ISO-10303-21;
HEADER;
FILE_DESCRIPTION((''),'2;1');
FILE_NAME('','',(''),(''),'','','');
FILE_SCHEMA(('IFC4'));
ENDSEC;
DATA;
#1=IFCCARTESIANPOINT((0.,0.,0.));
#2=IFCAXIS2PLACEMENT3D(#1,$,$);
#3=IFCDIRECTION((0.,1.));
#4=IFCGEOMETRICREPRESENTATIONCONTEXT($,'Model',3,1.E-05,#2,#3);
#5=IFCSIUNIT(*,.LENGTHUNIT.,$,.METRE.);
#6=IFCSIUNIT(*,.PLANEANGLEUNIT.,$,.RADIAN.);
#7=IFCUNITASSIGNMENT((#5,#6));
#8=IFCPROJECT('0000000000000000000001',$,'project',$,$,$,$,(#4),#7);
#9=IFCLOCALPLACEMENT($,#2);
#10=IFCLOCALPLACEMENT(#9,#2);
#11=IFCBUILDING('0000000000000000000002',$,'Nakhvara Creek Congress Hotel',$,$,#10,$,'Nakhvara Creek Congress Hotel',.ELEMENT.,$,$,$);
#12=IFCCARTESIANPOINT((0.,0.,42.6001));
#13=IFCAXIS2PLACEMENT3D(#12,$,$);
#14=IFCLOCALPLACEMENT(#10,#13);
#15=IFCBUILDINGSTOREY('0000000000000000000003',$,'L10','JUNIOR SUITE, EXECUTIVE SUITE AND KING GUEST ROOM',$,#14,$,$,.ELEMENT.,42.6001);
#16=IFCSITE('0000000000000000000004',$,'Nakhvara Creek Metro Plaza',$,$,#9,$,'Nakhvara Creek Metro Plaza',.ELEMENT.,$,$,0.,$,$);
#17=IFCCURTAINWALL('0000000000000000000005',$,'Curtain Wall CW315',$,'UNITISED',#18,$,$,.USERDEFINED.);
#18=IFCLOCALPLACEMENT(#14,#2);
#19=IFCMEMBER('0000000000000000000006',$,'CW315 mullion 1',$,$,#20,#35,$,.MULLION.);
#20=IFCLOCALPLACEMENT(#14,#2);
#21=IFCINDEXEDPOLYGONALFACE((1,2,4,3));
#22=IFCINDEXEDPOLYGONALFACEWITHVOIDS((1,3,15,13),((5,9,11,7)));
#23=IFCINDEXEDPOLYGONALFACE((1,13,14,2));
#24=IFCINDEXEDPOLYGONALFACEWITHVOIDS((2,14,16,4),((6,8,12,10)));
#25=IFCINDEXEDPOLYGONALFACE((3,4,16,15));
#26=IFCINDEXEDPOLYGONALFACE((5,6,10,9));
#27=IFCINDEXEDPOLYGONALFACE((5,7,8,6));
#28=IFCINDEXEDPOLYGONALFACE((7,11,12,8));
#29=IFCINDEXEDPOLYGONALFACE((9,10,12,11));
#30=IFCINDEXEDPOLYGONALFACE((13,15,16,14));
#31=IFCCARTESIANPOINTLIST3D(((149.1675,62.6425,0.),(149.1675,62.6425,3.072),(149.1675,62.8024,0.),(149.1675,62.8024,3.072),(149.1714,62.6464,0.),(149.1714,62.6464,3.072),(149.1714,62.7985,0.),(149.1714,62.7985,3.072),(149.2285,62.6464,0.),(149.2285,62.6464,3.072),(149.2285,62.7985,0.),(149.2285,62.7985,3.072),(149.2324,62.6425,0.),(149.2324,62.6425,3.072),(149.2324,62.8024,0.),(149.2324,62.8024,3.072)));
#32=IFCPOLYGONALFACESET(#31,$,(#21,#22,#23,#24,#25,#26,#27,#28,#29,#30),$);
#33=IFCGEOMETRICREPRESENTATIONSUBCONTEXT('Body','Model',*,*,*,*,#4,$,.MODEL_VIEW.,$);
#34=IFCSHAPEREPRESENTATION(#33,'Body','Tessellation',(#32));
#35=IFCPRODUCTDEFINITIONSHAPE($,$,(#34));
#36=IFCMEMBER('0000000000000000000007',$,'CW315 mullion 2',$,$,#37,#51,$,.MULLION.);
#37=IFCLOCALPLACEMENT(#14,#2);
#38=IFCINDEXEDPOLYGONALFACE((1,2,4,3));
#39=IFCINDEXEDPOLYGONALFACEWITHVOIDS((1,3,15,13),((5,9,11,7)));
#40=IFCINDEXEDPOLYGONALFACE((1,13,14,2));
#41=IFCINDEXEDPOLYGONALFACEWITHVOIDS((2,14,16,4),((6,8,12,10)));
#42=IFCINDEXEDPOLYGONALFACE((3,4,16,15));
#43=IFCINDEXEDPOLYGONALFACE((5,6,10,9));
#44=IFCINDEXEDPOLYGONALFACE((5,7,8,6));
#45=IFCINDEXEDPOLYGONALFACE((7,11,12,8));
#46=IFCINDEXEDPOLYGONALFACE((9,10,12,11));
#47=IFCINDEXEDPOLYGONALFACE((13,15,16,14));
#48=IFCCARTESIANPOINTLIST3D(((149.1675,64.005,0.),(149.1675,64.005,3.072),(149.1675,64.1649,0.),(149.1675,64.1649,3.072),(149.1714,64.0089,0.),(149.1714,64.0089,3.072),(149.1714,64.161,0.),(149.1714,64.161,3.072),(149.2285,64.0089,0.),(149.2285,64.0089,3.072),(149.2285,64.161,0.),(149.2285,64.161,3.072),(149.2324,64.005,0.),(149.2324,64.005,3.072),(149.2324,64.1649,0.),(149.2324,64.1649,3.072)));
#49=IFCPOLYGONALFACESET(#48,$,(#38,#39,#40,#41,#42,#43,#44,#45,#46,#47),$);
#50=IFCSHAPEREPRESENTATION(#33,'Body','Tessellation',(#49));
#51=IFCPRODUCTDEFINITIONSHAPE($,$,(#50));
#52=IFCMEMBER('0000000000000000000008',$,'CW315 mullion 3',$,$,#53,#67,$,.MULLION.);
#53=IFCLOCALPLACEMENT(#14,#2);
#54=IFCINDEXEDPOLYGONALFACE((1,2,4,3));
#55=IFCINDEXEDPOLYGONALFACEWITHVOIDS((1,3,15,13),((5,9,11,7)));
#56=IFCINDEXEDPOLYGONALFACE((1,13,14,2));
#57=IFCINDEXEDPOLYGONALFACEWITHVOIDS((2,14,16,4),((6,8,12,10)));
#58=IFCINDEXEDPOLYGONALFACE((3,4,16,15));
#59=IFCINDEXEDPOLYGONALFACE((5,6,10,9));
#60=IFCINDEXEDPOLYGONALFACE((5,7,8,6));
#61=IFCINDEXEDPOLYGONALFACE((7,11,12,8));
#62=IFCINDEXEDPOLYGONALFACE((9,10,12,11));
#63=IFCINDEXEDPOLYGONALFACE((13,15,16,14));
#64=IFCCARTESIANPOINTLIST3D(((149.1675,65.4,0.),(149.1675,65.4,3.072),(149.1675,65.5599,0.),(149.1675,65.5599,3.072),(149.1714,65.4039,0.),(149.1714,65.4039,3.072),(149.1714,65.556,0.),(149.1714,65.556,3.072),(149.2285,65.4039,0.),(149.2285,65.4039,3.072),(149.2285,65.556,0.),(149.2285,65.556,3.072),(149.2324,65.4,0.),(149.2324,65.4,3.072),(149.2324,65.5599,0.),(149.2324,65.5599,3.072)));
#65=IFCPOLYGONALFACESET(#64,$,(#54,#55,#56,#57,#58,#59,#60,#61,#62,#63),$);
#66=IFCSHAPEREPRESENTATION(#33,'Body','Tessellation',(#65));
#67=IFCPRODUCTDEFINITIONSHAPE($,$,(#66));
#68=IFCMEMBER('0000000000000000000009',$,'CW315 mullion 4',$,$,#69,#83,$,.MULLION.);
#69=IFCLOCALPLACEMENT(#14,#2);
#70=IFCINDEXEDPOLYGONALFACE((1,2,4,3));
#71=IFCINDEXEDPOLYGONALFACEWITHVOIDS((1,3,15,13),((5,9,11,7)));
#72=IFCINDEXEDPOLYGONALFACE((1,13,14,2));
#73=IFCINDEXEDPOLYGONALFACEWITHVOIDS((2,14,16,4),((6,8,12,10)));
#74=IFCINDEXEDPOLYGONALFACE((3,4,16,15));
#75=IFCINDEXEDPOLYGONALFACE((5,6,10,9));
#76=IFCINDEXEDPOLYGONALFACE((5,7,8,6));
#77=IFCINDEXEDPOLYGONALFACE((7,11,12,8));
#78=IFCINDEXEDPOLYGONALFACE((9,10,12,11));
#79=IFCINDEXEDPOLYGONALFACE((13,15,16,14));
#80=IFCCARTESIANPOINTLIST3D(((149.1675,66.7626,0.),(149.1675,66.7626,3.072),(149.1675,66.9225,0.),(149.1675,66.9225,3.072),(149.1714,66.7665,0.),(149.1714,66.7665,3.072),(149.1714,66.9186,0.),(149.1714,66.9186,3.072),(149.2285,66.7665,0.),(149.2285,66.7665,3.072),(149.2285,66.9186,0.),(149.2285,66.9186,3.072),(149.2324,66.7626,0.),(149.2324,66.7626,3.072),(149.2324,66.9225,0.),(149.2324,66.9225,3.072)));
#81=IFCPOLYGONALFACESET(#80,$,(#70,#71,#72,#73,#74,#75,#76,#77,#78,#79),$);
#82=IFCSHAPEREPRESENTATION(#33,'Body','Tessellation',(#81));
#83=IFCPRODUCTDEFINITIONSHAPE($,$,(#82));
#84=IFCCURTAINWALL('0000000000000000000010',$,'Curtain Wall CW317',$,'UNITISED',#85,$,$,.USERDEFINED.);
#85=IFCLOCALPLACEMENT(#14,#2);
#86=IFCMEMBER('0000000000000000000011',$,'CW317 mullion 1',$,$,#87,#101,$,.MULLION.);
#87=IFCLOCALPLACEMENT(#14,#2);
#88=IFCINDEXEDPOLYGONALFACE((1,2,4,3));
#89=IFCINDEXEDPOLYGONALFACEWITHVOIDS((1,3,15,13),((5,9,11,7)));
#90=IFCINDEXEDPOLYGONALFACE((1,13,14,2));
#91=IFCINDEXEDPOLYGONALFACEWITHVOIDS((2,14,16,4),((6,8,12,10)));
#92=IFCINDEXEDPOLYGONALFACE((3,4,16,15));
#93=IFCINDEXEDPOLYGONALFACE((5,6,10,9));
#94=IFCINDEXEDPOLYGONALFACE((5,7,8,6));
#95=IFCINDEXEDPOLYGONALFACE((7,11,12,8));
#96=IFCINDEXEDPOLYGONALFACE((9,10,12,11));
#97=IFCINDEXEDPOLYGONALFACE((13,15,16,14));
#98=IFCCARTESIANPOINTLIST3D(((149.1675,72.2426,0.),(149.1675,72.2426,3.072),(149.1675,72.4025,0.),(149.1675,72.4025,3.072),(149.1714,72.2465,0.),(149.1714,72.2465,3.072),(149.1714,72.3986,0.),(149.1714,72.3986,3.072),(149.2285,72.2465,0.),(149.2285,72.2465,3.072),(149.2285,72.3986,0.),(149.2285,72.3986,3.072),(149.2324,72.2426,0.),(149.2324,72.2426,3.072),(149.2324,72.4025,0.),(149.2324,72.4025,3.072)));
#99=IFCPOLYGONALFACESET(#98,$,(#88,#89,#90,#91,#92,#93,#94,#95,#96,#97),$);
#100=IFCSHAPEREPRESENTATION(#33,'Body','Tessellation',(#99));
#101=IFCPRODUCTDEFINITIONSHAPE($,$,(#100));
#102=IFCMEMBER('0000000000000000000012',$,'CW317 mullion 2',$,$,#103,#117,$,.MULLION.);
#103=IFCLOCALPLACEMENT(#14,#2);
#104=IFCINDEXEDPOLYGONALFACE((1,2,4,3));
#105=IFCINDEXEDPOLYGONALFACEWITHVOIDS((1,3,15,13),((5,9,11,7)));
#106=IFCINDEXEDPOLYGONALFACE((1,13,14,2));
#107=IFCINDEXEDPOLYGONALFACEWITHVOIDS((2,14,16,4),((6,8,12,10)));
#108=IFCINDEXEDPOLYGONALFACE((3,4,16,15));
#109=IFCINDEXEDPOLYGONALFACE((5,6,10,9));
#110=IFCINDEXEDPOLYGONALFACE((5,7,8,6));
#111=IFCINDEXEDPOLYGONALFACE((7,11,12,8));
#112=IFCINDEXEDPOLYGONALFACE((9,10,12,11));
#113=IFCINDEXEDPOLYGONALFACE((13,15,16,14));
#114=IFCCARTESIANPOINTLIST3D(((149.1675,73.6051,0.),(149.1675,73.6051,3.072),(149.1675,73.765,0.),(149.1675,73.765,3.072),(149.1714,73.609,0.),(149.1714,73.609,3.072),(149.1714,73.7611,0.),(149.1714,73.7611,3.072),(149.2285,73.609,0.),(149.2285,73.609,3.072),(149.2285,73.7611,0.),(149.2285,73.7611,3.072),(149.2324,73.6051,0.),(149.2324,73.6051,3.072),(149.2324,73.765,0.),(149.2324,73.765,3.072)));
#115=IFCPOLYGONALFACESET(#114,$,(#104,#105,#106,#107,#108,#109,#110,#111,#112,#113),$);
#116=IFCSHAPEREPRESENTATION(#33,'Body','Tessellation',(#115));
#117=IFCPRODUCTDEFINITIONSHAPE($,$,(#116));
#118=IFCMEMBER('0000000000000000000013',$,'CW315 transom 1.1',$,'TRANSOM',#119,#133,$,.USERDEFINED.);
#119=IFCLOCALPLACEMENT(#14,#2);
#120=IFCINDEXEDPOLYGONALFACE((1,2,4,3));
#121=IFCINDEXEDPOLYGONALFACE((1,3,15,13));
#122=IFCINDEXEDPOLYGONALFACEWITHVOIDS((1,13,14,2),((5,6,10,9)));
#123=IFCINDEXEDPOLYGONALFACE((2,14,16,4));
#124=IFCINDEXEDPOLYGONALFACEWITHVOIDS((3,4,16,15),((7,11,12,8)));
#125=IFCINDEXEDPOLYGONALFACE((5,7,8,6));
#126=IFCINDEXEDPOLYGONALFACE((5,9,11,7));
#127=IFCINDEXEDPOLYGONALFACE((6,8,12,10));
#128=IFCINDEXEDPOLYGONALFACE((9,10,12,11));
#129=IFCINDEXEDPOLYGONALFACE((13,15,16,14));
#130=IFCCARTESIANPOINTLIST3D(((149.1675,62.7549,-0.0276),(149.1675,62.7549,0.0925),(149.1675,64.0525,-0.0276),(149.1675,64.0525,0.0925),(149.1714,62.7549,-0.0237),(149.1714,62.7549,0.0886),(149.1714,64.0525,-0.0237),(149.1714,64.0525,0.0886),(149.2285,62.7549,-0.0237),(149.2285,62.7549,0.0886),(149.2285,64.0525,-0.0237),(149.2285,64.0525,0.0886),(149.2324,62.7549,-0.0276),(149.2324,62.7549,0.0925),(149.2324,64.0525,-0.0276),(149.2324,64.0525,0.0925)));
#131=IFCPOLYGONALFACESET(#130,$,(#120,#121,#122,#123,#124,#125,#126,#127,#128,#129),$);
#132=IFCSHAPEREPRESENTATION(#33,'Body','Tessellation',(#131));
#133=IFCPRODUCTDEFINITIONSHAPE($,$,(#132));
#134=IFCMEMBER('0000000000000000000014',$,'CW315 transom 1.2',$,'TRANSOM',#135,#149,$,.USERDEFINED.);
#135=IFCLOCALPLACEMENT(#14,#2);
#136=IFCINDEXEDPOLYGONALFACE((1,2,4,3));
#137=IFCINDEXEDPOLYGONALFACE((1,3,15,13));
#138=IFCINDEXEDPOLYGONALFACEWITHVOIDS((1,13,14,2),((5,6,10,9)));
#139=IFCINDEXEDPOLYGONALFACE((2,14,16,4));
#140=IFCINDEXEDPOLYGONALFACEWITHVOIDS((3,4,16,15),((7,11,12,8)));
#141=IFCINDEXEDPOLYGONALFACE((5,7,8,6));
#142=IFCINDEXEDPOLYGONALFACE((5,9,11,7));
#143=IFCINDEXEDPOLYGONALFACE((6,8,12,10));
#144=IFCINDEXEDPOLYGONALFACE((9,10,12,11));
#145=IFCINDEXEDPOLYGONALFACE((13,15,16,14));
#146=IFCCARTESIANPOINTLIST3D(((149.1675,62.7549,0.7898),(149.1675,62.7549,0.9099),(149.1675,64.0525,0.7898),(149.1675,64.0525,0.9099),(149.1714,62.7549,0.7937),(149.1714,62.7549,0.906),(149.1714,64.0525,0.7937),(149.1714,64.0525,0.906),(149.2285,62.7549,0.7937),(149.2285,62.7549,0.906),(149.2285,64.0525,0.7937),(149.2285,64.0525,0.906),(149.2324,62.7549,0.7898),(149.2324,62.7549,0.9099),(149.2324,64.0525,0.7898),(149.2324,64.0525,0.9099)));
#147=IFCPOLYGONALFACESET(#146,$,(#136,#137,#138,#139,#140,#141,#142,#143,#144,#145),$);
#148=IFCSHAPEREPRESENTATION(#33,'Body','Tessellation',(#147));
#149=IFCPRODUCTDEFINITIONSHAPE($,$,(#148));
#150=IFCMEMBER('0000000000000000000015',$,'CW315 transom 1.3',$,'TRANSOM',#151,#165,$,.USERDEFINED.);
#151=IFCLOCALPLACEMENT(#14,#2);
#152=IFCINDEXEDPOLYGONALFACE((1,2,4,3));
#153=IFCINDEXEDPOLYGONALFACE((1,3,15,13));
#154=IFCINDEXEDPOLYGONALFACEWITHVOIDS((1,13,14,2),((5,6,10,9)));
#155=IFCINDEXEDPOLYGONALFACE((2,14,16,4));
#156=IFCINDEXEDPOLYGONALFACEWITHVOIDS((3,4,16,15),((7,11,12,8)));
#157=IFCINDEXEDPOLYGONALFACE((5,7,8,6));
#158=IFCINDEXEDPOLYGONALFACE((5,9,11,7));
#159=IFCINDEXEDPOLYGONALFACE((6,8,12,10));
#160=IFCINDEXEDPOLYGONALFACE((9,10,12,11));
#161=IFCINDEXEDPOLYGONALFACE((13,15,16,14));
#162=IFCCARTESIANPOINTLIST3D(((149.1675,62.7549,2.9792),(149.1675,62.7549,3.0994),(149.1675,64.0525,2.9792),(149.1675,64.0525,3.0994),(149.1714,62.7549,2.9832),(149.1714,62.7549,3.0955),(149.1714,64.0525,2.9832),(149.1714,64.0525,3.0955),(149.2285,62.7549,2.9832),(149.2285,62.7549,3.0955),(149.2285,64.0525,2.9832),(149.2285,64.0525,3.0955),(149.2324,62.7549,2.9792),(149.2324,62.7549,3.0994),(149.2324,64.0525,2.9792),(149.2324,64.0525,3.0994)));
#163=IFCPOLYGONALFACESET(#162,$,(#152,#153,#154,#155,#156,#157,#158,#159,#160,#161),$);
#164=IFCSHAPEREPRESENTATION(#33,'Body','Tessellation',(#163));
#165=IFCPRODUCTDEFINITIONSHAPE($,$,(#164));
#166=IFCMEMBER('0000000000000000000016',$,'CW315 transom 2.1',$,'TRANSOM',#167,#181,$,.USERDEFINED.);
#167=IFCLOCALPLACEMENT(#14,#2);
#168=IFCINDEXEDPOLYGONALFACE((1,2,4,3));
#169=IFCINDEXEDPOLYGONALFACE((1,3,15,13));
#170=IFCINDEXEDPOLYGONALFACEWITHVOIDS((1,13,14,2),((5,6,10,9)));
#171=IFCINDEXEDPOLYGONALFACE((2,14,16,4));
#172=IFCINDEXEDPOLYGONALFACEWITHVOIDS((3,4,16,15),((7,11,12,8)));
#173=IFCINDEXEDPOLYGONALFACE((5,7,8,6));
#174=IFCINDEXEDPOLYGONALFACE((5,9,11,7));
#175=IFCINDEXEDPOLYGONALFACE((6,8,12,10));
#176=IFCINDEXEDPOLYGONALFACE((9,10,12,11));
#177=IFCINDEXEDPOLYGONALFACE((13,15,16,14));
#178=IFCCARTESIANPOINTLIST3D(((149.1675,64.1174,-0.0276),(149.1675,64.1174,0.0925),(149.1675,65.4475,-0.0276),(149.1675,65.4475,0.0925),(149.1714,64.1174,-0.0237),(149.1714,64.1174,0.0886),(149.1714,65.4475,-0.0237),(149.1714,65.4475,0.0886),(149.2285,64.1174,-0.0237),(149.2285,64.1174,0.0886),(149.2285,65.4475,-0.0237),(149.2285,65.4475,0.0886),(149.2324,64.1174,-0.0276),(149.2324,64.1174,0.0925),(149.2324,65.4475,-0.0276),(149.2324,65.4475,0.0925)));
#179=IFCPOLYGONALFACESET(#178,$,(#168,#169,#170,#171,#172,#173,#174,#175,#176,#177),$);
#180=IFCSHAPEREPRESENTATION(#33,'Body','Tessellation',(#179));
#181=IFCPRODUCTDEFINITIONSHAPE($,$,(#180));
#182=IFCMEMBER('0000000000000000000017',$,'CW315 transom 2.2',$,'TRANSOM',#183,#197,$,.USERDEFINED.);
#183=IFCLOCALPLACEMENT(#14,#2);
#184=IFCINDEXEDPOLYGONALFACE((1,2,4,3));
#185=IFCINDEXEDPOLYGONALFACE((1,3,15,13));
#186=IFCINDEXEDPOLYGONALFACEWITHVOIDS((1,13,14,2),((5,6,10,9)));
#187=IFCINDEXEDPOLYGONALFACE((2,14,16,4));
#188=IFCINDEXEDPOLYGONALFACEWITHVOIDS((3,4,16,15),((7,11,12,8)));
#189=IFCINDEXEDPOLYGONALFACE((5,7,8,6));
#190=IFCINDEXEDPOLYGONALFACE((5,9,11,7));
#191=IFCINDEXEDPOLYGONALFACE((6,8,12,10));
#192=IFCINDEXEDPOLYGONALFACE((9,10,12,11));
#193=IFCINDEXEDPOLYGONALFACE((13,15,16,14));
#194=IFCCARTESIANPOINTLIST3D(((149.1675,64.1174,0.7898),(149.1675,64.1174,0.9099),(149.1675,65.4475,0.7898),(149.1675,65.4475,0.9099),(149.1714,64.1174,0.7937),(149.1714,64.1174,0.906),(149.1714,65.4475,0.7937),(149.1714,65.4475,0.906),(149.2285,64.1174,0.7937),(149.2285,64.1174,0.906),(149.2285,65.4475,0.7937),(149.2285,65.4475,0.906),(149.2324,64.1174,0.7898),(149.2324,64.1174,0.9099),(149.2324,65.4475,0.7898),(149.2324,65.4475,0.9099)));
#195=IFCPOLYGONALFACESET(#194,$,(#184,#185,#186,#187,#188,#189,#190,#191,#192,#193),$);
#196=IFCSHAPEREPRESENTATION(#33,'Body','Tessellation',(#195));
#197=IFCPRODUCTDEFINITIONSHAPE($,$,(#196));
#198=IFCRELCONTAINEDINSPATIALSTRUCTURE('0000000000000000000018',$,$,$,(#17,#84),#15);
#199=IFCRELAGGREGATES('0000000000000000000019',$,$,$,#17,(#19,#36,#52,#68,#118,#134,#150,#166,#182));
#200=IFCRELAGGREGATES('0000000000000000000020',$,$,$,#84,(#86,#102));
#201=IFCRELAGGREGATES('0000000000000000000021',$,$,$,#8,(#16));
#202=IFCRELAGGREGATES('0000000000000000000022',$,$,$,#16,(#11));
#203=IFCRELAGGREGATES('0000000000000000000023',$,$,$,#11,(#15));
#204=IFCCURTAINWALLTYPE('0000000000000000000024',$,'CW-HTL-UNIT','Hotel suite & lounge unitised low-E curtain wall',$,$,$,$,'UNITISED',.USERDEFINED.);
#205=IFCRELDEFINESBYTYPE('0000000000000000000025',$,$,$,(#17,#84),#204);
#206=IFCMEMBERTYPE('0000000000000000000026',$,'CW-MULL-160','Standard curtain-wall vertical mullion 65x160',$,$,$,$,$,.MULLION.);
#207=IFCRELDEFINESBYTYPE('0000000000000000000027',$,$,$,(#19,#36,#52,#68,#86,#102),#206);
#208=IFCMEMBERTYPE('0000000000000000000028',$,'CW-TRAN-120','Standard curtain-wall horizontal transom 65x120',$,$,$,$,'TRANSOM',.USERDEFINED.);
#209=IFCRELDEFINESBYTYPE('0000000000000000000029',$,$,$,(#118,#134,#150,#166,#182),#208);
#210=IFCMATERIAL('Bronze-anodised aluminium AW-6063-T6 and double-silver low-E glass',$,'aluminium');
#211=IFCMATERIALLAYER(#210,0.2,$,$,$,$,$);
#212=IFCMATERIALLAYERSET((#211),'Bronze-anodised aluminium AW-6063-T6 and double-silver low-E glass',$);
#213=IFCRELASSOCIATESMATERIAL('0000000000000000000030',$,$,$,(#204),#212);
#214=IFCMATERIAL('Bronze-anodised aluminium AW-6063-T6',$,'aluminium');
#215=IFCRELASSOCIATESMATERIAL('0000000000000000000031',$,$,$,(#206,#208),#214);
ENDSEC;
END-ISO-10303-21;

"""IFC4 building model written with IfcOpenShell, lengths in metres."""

from ifc_helpers import new_model, si_unit, direction, frame, origin, origin_2d, place, context, subcontext, project, spatial, hollow_rectangle, extrude, material, layer, layer_set, material_profile, profile_set, type_object, element, aggregate, save


model = new_model("IFC4")

# Units and contexts
model_context = context("Model", 3, precision=1e-05, world=origin(), true_north=direction((0.0, 1.0)))
body_context = subcontext(model_context, "Body", "Model", "MODEL_VIEW")
ifc_project = project(units=[si_unit("LENGTHUNIT", "METRE"), si_unit("PLANEANGLEUNIT", "RADIAN")], contexts=[model_context])

# Site, building, storey
site_placement = place(None, origin())
site = spatial("IfcSite", under=ifc_project, at=site_placement, Name="Nakhvara Creek Metro Plaza", LongName="Nakhvara Creek Metro Plaza", CompositionType="ELEMENT", RefElevation=0.0)
building_placement = place(site_placement, origin())
building = spatial("IfcBuilding", under=site, at=building_placement, Name="Nakhvara Creek Congress Hotel", LongName="Nakhvara Creek Congress Hotel", CompositionType="ELEMENT")
storey_placement = place(building_placement, frame((0.0, 0.0, 42.6001)))
storey = spatial("IfcBuildingStorey", under=building, at=storey_placement, Name="L10", Description="JUNIOR SUITE, EXECUTIVE SUITE AND KING GUEST ROOM", CompositionType="ELEMENT", Elevation=42.6001)

# Curtain walls, members
ifc_material_1 = material(Name="Bronze-anodised aluminium AW-6063-T6 and double-silver low-E glass", Category="aluminium")
ifc_layer = layer(ifc_material_1, 0.2)
ifc_layer_set = layer_set([ifc_layer], Name="Bronze-anodised aluminium AW-6063-T6 and double-silver low-E glass")
curtain_wall_type = type_object("IfcCurtainWallType", Name="CW-HTL-UNIT", Description="Hotel suite & lounge unitised low-E curtain wall", ElementType="UNITISED", PredefinedType="USERDEFINED", material=ifc_layer_set)
curtain_wall_1_placement = place(storey_placement, origin())
curtain_wall_1 = element("IfcCurtainWall", 1, at=curtain_wall_1_placement, inside=storey, type_object=curtain_wall_type, Name="Curtain Wall CW315", ObjectType="UNITISED", PredefinedType="USERDEFINED")
ifc_material_2 = material(Name="Bronze-anodised aluminium AW-6063-T6", Category="aluminium")
ifc_material_profile_1 = material_profile(ifc_material_2, hollow_rectangle(XDim=0.0649, YDim=0.1599, WallThickness=0.0039, at=origin_2d()), Name="ALU-MULL 65x160x4", Category="LoadBearing")
ifc_profile_set_1 = profile_set([ifc_material_profile_1], Name="Bronze-anodised aluminium AW-6063-T6")
member_type_1 = type_object("IfcMemberType", Name="CW-MULL-160", Description="Standard curtain-wall vertical mullion 65x160", PredefinedType="MULLION", material=ifc_profile_set_1)
member_1_placement = place(storey_placement, frame((149.2, 62.7224, 0.0), z_axis=(0.0, 0.0, 1.0), x_axis=(-1.0, 0.0, 0.0)))
member_1 = element("IfcMember", 2, at=member_1_placement, type_object=member_type_1, Name="CW315 mullion 1", PredefinedType="MULLION", context=body_context, shape_type="SweptSolid", body=[
    extrude(hollow_rectangle(XDim=0.0649, YDim=0.1599, WallThickness=0.0039, at=origin_2d()), origin(), (0.0, 0.0, 1.0), 3.072),
])
member_2_placement = place(storey_placement, frame((149.2, 64.085, 0.0), z_axis=(0.0, 0.0, 1.0), x_axis=(-1.0, 0.0, 0.0)))
member_2 = element("IfcMember", 3, at=member_2_placement, type_object=member_type_1, Name="CW315 mullion 2", PredefinedType="MULLION", context=body_context, shape_type="SweptSolid", body=[
    extrude(hollow_rectangle(XDim=0.0649, YDim=0.1599, WallThickness=0.0039, at=origin_2d()), origin(), (0.0, 0.0, 1.0), 3.072),
])
member_3_placement = place(storey_placement, frame((149.2, 65.48, 0.0), z_axis=(0.0, 0.0, 1.0), x_axis=(-1.0, 0.0, 0.0)))
member_3 = element("IfcMember", 4, at=member_3_placement, type_object=member_type_1, Name="CW315 mullion 3", PredefinedType="MULLION", context=body_context, shape_type="SweptSolid", body=[
    extrude(hollow_rectangle(XDim=0.0649, YDim=0.1599, WallThickness=0.0039, at=origin_2d()), origin(), (0.0, 0.0, 1.0), 3.072),
])
member_4_placement = place(storey_placement, frame((149.2, 66.8425, 0.0), z_axis=(0.0, 0.0, 1.0), x_axis=(-1.0, 0.0, 0.0)))
member_4 = element("IfcMember", 5, at=member_4_placement, type_object=member_type_1, Name="CW315 mullion 4", PredefinedType="MULLION", context=body_context, shape_type="SweptSolid", body=[
    extrude(hollow_rectangle(XDim=0.0649, YDim=0.1599, WallThickness=0.0039, at=origin_2d()), origin(), (0.0, 0.0, 1.0), 3.072),
])
curtain_wall_2_placement = place(storey_placement, origin())
curtain_wall_2 = element("IfcCurtainWall", 6, at=curtain_wall_2_placement, inside=storey, type_object=curtain_wall_type, Name="Curtain Wall CW317", ObjectType="UNITISED", PredefinedType="USERDEFINED")
member_5_placement = place(storey_placement, frame((149.2, 72.3225, 0.0), z_axis=(0.0, 0.0, 1.0), x_axis=(-1.0, 0.0, 0.0)))
member_5 = element("IfcMember", 7, at=member_5_placement, type_object=member_type_1, Name="CW317 mullion 1", PredefinedType="MULLION", context=body_context, shape_type="SweptSolid", body=[
    extrude(hollow_rectangle(XDim=0.0649, YDim=0.1599, WallThickness=0.0039, at=origin_2d()), origin(), (0.0, 0.0, 1.0), 3.072),
])
member_6_placement = place(storey_placement, frame((149.2, 73.6851, 0.0), z_axis=(0.0, 0.0, 1.0), x_axis=(-1.0, 0.0, 0.0)))
member_6 = element("IfcMember", 8, at=member_6_placement, type_object=member_type_1, Name="CW317 mullion 2", PredefinedType="MULLION", context=body_context, shape_type="SweptSolid", body=[
    extrude(hollow_rectangle(XDim=0.0649, YDim=0.1599, WallThickness=0.0039, at=origin_2d()), origin(), (0.0, 0.0, 1.0), 3.072),
])

# Members
ifc_material_profile_2 = material_profile(ifc_material_2, hollow_rectangle(XDim=0.0649, YDim=0.1201, WallThickness=0.0039, at=origin_2d()), Name="ALU-TRAN 65x120x4", Category="LoadBearing")
ifc_profile_set_2 = profile_set([ifc_material_profile_2], Name="Bronze-anodised aluminium AW-6063-T6")
member_type_2 = type_object("IfcMemberType", Name="CW-TRAN-120", Description="Standard curtain-wall horizontal transom 65x120", ElementType="TRANSOM", PredefinedType="USERDEFINED", material=ifc_profile_set_2)
member_7_placement = place(storey_placement, frame((149.2, 62.7549, 0.0325), z_axis=(0.0, 1.0, 0.0), x_axis=(-1.0, 0.0, 0.0)))
member_7 = element("IfcMember", 9, at=member_7_placement, type_object=member_type_2, Name="CW315 transom 1.1", ObjectType="TRANSOM", PredefinedType="USERDEFINED", context=body_context, shape_type="SweptSolid", body=[
    extrude(hollow_rectangle(XDim=0.0649, YDim=0.1201, WallThickness=0.0039, at=origin_2d()), origin(), (0.0, 0.0, 1.0), 1.2976),
])
member_8_placement = place(storey_placement, frame((149.2, 62.7549, 0.8499), z_axis=(0.0, 1.0, 0.0), x_axis=(-1.0, 0.0, 0.0)))
member_8 = element("IfcMember", 10, at=member_8_placement, type_object=member_type_2, Name="CW315 transom 1.2", ObjectType="TRANSOM", PredefinedType="USERDEFINED", context=body_context, shape_type="SweptSolid", body=[
    extrude(hollow_rectangle(XDim=0.0649, YDim=0.1201, WallThickness=0.0039, at=origin_2d()), origin(), (0.0, 0.0, 1.0), 1.2976),
])
member_9_placement = place(storey_placement, frame((149.2, 62.7549, 3.0393), z_axis=(0.0, 1.0, 0.0), x_axis=(-1.0, 0.0, 0.0)))
member_9 = element("IfcMember", 11, at=member_9_placement, type_object=member_type_2, Name="CW315 transom 1.3", ObjectType="TRANSOM", PredefinedType="USERDEFINED", context=body_context, shape_type="SweptSolid", body=[
    extrude(hollow_rectangle(XDim=0.0649, YDim=0.1201, WallThickness=0.0039, at=origin_2d()), origin(), (0.0, 0.0, 1.0), 1.2976),
])
member_10_placement = place(storey_placement, frame((149.2, 64.1174, 0.0325), z_axis=(0.0, 1.0, 0.0), x_axis=(-1.0, 0.0, 0.0)))
member_10 = element("IfcMember", 12, at=member_10_placement, type_object=member_type_2, Name="CW315 transom 2.1", ObjectType="TRANSOM", PredefinedType="USERDEFINED", context=body_context, shape_type="SweptSolid", body=[
    extrude(hollow_rectangle(XDim=0.0649, YDim=0.1201, WallThickness=0.0039, at=origin_2d()), origin(), (0.0, 0.0, 1.0), 1.3301),
])
member_11_placement = place(storey_placement, frame((149.2, 64.1174, 0.8499), z_axis=(0.0, 1.0, 0.0), x_axis=(-1.0, 0.0, 0.0)))
member_11 = element("IfcMember", 13, at=member_11_placement, type_object=member_type_2, Name="CW315 transom 2.2", ObjectType="TRANSOM", PredefinedType="USERDEFINED", context=body_context, shape_type="SweptSolid", body=[
    extrude(hollow_rectangle(XDim=0.0649, YDim=0.1201, WallThickness=0.0039, at=origin_2d()), origin(), (0.0, 0.0, 1.0), 1.3301),
])

aggregate(curtain_wall_1, [member_1, member_2, member_3, member_4, member_7, member_8, member_9, member_10, member_11])
aggregate(curtain_wall_2, [member_5, member_6])

save(model, "model.ifc")
